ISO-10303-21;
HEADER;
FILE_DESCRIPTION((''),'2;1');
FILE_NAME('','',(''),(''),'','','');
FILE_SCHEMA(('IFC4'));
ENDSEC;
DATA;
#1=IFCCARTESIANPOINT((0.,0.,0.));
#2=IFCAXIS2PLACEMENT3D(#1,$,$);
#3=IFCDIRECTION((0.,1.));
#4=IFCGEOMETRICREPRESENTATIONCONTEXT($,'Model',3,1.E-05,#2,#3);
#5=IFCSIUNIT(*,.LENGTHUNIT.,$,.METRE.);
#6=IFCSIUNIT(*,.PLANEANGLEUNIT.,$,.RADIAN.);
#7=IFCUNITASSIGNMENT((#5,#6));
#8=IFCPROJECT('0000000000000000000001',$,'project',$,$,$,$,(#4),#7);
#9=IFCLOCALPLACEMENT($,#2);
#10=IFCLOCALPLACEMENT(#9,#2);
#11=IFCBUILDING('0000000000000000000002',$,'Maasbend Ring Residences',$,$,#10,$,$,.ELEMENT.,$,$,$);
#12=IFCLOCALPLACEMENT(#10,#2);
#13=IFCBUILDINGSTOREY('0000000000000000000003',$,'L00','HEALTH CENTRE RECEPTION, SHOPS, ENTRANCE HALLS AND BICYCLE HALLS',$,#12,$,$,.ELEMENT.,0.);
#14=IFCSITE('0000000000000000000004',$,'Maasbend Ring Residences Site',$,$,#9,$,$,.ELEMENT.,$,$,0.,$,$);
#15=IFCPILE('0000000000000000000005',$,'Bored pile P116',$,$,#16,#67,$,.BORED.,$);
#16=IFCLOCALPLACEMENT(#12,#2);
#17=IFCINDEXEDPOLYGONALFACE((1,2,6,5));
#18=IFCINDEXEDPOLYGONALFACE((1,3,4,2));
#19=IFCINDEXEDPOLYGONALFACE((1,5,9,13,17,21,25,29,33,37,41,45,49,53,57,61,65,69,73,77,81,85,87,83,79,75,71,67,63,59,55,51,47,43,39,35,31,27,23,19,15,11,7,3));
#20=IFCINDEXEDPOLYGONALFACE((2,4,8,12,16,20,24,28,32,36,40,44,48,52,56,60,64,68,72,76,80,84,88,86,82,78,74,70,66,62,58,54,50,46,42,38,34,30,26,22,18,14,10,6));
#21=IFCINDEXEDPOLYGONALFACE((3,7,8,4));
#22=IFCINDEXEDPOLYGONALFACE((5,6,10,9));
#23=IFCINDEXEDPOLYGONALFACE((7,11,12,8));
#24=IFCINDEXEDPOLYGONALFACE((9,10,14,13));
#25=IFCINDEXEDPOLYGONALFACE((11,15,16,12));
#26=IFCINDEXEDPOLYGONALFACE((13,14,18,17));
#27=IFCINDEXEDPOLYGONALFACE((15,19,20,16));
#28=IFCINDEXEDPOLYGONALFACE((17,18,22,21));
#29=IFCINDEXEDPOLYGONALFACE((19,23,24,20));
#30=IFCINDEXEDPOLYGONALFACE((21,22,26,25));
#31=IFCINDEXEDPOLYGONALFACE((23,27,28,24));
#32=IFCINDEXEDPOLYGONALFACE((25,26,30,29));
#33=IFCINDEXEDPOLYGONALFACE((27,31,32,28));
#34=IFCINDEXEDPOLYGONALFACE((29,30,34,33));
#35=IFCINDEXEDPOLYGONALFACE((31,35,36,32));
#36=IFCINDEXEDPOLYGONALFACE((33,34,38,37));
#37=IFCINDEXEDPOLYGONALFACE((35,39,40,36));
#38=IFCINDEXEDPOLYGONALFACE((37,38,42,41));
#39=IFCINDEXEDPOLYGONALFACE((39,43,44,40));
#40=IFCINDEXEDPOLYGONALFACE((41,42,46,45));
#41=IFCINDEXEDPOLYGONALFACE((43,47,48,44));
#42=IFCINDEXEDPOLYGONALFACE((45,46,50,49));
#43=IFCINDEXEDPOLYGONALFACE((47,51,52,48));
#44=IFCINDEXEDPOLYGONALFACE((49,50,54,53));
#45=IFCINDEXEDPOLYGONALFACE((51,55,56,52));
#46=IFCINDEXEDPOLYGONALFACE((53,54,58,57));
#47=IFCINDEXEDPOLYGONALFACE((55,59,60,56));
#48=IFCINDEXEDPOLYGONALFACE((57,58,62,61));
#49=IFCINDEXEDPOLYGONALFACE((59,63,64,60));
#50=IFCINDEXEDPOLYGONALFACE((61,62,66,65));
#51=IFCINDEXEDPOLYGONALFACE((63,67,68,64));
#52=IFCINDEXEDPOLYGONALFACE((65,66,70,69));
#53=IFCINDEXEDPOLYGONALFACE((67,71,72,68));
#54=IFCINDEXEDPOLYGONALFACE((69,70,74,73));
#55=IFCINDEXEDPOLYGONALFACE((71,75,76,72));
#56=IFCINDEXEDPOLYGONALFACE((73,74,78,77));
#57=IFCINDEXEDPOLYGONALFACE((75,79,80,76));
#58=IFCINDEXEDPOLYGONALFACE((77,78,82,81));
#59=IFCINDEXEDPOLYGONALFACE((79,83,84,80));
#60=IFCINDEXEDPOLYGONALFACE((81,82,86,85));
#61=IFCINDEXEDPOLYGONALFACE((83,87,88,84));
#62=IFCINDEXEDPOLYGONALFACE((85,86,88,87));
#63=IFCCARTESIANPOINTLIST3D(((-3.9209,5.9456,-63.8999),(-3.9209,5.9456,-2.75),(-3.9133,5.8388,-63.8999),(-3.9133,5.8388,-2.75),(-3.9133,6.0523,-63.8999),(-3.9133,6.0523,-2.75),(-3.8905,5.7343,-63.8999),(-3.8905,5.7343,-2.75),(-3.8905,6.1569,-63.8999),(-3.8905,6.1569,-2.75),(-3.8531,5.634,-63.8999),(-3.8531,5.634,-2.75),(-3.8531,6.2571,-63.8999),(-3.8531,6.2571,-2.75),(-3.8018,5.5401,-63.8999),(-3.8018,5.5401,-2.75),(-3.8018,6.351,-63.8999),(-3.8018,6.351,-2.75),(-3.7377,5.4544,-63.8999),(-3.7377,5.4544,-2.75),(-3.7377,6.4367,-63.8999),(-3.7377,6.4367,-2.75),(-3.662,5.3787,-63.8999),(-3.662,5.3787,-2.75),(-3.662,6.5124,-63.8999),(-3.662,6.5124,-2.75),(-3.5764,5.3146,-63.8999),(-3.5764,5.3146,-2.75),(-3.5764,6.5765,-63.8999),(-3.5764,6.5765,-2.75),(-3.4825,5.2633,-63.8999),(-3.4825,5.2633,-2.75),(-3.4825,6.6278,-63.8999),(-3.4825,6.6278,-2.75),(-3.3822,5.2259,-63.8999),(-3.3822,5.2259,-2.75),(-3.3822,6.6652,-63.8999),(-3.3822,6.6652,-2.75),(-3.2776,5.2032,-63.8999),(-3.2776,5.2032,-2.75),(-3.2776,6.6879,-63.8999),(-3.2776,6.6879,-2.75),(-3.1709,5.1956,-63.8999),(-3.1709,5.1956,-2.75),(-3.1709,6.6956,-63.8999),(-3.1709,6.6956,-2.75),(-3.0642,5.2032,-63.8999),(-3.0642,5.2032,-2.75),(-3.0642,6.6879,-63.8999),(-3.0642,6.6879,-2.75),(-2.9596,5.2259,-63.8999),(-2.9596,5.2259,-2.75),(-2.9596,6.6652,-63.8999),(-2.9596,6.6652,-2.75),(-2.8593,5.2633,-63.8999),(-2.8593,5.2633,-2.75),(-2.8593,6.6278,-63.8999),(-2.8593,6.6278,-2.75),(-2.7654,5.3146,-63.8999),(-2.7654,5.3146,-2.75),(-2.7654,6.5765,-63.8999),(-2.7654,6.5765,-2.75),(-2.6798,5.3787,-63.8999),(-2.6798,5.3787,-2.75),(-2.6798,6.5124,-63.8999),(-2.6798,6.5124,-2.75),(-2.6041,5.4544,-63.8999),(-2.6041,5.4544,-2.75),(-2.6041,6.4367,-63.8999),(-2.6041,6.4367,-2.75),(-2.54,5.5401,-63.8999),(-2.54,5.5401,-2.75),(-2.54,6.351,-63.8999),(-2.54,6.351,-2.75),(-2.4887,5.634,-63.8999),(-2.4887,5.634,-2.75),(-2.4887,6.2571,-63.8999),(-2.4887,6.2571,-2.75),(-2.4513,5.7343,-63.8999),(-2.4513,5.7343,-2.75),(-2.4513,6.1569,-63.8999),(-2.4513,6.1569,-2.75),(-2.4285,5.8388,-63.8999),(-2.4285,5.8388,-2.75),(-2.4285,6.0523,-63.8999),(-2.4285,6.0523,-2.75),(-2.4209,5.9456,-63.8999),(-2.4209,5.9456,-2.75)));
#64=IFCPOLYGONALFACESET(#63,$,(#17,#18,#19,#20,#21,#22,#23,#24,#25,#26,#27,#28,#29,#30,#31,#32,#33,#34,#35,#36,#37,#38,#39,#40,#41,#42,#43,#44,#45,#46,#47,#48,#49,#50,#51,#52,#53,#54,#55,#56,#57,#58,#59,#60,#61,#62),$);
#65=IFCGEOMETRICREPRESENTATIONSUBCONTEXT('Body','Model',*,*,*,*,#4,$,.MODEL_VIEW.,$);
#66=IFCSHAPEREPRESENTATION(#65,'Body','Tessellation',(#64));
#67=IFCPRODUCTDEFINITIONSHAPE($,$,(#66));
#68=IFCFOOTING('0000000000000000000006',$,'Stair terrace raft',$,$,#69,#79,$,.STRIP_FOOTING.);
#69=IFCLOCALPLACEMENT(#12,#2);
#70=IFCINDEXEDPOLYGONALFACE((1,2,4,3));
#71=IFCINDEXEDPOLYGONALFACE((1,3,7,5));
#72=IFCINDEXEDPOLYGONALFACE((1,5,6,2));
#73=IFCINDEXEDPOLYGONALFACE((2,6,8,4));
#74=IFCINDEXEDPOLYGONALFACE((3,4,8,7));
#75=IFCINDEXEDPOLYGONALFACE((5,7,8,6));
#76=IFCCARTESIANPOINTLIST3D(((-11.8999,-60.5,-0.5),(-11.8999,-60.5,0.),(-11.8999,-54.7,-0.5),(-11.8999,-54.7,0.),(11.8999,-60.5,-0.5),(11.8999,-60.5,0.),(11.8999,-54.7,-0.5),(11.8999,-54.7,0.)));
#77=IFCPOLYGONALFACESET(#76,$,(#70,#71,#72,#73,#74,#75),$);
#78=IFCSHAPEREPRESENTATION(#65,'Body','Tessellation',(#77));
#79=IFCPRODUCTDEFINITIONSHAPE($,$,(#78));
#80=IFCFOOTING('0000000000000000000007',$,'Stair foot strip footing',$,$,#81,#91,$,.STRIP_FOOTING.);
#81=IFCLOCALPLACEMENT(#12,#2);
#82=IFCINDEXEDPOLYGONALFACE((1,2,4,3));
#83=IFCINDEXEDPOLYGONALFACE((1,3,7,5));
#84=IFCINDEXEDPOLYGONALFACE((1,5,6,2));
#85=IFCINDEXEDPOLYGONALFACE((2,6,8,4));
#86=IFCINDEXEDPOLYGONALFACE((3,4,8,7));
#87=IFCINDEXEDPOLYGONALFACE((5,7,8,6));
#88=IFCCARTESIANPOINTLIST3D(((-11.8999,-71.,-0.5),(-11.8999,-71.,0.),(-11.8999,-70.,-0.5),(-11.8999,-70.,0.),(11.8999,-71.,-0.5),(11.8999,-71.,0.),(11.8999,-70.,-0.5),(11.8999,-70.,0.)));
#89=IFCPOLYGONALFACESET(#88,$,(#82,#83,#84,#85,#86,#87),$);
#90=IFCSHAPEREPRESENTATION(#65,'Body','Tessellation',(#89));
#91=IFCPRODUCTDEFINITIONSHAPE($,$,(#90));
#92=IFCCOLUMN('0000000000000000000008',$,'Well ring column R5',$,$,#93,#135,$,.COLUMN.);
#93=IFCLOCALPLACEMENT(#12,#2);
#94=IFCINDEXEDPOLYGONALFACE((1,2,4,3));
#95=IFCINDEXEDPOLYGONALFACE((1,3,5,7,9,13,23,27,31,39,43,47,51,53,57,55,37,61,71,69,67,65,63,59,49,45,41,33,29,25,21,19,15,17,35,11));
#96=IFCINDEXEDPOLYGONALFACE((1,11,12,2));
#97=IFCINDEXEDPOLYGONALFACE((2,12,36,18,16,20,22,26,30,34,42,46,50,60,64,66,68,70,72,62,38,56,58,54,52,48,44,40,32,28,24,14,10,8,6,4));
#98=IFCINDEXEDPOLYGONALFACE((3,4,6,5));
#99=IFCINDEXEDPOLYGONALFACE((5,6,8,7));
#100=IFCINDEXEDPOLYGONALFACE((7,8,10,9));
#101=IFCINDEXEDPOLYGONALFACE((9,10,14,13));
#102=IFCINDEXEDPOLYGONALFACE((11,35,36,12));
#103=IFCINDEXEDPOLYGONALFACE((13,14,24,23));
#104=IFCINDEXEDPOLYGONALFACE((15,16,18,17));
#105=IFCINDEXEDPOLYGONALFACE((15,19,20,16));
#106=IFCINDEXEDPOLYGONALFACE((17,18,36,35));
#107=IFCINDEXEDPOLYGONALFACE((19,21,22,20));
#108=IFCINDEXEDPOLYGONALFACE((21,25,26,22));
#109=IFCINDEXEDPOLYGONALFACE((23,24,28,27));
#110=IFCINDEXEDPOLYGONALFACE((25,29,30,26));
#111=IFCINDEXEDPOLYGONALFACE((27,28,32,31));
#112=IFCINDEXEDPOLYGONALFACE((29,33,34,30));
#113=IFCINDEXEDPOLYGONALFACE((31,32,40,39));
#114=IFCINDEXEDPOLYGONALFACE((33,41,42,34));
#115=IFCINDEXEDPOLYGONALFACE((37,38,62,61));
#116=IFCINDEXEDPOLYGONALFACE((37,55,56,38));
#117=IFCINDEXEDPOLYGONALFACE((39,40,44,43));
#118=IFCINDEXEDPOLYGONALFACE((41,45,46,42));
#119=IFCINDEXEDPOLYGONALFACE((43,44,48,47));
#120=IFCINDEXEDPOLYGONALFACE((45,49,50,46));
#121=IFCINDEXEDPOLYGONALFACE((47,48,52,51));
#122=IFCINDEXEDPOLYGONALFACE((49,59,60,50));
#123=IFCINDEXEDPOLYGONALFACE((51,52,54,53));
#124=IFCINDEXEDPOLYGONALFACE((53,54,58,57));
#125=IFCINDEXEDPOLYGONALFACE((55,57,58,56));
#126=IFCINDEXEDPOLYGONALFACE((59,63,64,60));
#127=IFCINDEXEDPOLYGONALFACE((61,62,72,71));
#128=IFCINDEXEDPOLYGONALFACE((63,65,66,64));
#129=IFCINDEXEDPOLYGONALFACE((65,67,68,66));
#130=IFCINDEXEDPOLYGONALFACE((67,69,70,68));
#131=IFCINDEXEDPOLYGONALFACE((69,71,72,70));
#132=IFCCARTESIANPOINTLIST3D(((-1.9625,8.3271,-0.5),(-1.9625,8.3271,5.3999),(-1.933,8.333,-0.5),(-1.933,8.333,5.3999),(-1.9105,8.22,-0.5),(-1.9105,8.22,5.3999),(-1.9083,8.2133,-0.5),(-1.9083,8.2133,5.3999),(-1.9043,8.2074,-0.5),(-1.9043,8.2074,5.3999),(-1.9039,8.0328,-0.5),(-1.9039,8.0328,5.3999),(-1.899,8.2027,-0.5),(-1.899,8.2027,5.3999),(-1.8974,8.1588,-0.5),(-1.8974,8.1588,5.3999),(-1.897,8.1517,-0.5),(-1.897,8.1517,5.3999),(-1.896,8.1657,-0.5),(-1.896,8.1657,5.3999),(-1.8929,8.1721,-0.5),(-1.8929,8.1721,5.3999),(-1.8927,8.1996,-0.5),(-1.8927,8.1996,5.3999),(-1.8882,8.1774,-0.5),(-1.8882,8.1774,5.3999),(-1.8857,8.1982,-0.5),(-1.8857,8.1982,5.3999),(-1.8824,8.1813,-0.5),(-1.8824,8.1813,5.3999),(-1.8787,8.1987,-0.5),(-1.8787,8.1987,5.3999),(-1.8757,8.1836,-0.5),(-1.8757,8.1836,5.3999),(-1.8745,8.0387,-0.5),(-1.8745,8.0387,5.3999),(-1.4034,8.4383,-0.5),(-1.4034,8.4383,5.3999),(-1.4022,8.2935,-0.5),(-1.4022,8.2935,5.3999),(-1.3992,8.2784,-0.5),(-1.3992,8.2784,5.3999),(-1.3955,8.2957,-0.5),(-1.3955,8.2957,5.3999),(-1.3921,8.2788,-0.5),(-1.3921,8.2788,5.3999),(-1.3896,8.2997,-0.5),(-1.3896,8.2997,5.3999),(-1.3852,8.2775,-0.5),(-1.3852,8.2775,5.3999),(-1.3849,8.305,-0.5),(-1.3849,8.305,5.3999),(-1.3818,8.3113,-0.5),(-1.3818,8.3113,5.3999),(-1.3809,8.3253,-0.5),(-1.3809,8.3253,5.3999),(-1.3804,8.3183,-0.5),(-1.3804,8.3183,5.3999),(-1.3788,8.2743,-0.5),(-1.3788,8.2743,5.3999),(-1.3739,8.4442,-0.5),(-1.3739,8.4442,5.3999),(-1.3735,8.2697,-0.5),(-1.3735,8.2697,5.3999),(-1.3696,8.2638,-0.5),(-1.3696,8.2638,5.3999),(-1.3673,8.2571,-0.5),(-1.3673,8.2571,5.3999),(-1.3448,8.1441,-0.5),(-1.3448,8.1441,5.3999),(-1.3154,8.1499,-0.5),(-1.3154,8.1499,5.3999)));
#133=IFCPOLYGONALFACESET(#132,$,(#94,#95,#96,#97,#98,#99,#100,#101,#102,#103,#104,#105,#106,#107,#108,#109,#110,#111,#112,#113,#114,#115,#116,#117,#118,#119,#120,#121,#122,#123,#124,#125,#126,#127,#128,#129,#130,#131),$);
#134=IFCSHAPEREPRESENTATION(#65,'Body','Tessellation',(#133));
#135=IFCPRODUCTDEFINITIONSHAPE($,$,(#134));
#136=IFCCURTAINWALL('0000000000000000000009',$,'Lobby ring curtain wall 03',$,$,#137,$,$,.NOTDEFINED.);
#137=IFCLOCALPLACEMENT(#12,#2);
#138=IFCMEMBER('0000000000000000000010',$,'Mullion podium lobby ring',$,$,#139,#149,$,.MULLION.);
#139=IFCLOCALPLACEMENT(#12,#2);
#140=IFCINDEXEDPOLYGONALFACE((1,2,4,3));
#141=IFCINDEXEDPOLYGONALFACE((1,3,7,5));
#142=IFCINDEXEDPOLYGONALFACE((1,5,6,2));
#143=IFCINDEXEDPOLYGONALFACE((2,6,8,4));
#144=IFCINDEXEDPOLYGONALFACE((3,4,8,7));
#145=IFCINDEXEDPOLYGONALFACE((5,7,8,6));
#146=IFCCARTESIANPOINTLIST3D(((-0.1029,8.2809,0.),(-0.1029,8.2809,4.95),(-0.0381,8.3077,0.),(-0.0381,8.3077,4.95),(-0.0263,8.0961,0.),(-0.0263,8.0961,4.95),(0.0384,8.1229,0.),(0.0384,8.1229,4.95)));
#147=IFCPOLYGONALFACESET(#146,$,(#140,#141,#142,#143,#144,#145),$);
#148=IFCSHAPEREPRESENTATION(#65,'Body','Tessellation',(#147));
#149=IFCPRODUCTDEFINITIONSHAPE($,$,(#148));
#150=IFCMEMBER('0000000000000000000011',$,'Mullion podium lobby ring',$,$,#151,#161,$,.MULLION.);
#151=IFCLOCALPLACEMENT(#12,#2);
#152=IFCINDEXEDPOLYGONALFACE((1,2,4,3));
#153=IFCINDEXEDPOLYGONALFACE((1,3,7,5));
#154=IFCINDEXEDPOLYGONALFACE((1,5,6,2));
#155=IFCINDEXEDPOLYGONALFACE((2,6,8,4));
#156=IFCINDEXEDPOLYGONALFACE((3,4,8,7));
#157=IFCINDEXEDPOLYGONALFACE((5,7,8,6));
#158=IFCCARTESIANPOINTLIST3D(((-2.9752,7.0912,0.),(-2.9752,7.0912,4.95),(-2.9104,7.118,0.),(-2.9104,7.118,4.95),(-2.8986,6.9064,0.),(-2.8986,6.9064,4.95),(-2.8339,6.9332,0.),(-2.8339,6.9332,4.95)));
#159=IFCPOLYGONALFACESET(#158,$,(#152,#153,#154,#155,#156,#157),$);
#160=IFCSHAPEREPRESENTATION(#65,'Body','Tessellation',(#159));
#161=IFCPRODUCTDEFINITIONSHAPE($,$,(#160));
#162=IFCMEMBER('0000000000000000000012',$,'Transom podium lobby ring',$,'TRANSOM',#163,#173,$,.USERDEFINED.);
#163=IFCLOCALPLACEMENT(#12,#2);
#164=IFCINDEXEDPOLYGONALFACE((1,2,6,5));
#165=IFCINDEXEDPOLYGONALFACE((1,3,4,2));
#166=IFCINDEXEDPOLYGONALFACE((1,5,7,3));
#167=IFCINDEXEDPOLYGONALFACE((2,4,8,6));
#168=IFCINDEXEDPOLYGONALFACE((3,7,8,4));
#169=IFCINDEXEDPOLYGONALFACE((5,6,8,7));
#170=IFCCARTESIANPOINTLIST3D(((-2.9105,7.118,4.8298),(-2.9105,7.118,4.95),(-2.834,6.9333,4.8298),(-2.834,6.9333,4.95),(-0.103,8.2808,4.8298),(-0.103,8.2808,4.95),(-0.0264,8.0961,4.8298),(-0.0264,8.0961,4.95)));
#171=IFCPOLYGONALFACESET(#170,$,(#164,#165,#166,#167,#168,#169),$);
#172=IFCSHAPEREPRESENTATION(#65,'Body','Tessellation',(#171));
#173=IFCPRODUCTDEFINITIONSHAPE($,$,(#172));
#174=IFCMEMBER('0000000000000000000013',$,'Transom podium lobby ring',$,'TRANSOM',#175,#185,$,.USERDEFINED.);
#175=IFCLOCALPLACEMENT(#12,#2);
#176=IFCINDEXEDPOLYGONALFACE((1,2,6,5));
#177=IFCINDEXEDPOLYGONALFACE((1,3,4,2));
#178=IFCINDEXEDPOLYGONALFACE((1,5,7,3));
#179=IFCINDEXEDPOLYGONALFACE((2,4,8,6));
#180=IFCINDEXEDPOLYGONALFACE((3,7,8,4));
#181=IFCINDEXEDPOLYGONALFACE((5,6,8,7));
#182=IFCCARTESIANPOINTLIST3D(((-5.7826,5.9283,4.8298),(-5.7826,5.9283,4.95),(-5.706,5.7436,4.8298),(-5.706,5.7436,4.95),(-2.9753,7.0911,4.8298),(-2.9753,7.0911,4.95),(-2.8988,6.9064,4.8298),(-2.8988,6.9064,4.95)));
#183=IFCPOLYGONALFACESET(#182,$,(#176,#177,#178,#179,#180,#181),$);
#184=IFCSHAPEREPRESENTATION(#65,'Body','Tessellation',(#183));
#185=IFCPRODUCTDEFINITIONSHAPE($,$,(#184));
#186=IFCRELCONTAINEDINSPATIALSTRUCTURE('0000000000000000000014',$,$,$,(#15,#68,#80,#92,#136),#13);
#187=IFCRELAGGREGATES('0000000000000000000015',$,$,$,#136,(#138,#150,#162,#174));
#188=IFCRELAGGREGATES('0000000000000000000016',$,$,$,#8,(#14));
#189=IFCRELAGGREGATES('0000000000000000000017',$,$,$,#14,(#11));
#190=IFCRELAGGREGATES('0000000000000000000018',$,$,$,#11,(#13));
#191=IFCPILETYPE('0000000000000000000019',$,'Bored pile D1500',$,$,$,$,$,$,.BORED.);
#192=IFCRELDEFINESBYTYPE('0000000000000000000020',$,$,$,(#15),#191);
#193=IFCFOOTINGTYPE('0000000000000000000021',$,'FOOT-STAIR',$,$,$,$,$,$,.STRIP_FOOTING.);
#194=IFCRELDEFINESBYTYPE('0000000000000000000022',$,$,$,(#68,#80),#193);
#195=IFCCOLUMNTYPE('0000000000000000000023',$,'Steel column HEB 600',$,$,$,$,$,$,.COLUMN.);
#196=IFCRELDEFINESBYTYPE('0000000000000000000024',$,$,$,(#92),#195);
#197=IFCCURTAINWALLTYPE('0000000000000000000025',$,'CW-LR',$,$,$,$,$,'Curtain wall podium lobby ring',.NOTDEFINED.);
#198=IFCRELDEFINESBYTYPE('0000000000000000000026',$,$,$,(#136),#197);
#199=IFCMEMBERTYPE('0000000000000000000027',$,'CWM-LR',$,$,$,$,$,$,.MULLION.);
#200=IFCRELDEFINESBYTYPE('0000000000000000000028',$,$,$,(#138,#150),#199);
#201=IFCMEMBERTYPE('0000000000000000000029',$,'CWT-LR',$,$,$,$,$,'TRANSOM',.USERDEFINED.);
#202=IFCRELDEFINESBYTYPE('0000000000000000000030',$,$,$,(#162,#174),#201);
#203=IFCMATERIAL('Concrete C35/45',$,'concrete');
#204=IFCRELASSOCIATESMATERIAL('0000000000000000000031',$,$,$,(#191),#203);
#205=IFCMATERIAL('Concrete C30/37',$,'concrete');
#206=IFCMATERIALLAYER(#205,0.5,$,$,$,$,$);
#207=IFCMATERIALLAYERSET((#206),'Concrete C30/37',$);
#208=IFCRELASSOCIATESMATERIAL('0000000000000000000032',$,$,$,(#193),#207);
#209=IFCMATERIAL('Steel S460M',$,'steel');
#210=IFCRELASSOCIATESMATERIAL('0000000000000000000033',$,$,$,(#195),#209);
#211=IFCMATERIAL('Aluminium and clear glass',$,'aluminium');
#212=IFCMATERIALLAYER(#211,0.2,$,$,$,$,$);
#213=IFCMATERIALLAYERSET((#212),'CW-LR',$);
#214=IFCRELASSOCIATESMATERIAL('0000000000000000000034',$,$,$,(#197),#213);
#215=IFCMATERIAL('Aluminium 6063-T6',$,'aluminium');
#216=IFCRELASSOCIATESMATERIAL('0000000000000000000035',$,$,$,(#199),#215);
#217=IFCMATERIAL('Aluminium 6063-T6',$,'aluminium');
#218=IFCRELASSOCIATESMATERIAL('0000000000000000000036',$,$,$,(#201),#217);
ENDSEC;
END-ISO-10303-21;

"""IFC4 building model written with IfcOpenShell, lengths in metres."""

from ifc_helpers import new_model, si_unit, direction, frame, origin, origin_2d, place, context, subcontext, project, spatial, polyline, rectangle, circle, i_section, outline, extrude, material, layer, layer_set, material_profile, profile_set, type_object, element, aggregate, save


model = new_model("IFC4")

# Units and contexts
model_context = context("Model", 3, precision=1e-05, world=origin(), true_north=direction((0.0, 1.0)))
body_context = subcontext(model_context, "Body", "Model", "MODEL_VIEW")
ifc_project = project(units=[si_unit("LENGTHUNIT", "METRE"), si_unit("PLANEANGLEUNIT", "RADIAN")], contexts=[model_context])

# Site, building, storey
site_placement = place(None, origin())
site = spatial("IfcSite", under=ifc_project, at=site_placement, Name="Maasbend Ring Residences Site", CompositionType="ELEMENT", RefElevation=0.0)
building_placement = place(site_placement, origin())
building = spatial("IfcBuilding", under=site, at=building_placement, Name="Maasbend Ring Residences", CompositionType="ELEMENT")
storey_placement = place(building_placement, origin())
storey = spatial("IfcBuildingStorey", under=building, at=storey_placement, Name="L00", Description="HEALTH CENTRE RECEPTION, SHOPS, ENTRANCE HALLS AND BICYCLE HALLS", CompositionType="ELEMENT", Elevation=0.0)

# Pile
ifc_material_1 = material(Name="Concrete C35/45", Category="concrete")
ifc_material_profile_1 = material_profile(ifc_material_1, circle(Radius=0.75, at=origin_2d()), Name="Bored pile D1500")
ifc_profile_set_1 = profile_set([ifc_material_profile_1], Name="Concrete C35/45")
pile_type = type_object("IfcPileType", Name="Bored pile D1500", PredefinedType="BORED", material=ifc_profile_set_1)
pile_placement = place(storey_placement, frame((-3.1709, 5.9456, -2.75), z_axis=(0.0, 0.0, -1.0), x_axis=(1.0, 0.0, 0.0)))
element("IfcPile", 1, at=pile_placement, inside=storey, type_object=pile_type, Name="Bored pile P116", PredefinedType="BORED", context=body_context, shape_type="SweptSolid", body=[
    extrude(circle(Radius=0.75, at=origin_2d()), origin(), (0.0, 0.0, 1.0), 61.1499),
])

# Footings
ifc_material_2 = material(Name="Concrete C30/37", Category="concrete")
ifc_layer_1 = layer(ifc_material_2, 0.5)
ifc_layer_set_1 = layer_set([ifc_layer_1], Name="Concrete C30/37")
footing_type = type_object("IfcFootingType", Name="FOOT-STAIR", PredefinedType="STRIP_FOOTING", material=ifc_layer_set_1)
footing_1_placement = place(storey_placement, frame((0.0, 0.0, -0.5)))
element("IfcFooting", 2, at=footing_1_placement, inside=storey, type_object=footing_type, Name="Stair terrace raft", PredefinedType="STRIP_FOOTING", context=body_context, shape_type="SweptSolid", body=[
    extrude(outline(polyline([(-11.8999, -60.5), (11.8999, -60.5), (11.8999, -54.7), (-11.8999, -54.7), (-11.8999, -60.5)])), origin(), (0.0, 0.0, 1.0), 0.5),
])
footing_2_placement = place(storey_placement, frame((0.0, 0.0, -0.5)))
element("IfcFooting", 3, at=footing_2_placement, inside=storey, type_object=footing_type, Name="Stair foot strip footing", PredefinedType="STRIP_FOOTING", context=body_context, shape_type="SweptSolid", body=[
    extrude(outline(polyline([(-11.8999, -71.0), (11.8999, -71.0), (11.8999, -70.0), (-11.8999, -70.0), (-11.8999, -71.0)])), origin(), (0.0, 0.0, 1.0), 0.5),
])

# Column
ifc_material_3 = material(Name="Steel S460M", Category="steel")
ifc_material_profile_2 = material_profile(ifc_material_3, i_section(OverallWidth=0.3, OverallDepth=0.6001, WebThickness=0.0154, FlangeThickness=0.03, FilletRadius=0.0271, at=origin_2d()), Name="HEB 600")
ifc_profile_set_2 = profile_set([ifc_material_profile_2], Name="Steel S460M")
column_type = type_object("IfcColumnType", Name="Steel column HEB 600", PredefinedType="COLUMN", material=ifc_profile_set_2)
column_placement = place(storey_placement, frame((-1.6389, 8.2385, -0.5), z_axis=(0.0, 0.0, 1.0), x_axis=(-0.19509, 0.980785, 0.0)))
element("IfcColumn", 4, at=column_placement, inside=storey, type_object=column_type, Name="Well ring column R5", PredefinedType="COLUMN", context=body_context, shape_type="SweptSolid", body=[
    extrude(i_section(OverallWidth=0.3, OverallDepth=0.6001, WebThickness=0.0154, FlangeThickness=0.03, FilletRadius=0.0271, at=origin_2d()), origin(), (0.0, 0.0, 1.0), 5.8999),
])

# Curtain wall, members
ifc_material_4 = material(Name="Aluminium and clear glass", Category="aluminium")
ifc_layer_2 = layer(ifc_material_4, 0.2)
ifc_layer_set_2 = layer_set([ifc_layer_2], Name="CW-LR")
curtain_wall_type = type_object("IfcCurtainWallType", Name="CW-LR", ElementType="Curtain wall podium lobby ring", PredefinedType="NOTDEFINED", material=ifc_layer_set_2)
curtain_wall_placement = place(storey_placement, origin())
curtain_wall = element("IfcCurtainWall", 5, at=curtain_wall_placement, inside=storey, type_object=curtain_wall_type, Name="Lobby ring curtain wall 03", PredefinedType="NOTDEFINED")
ifc_material_5 = material(Name="Aluminium 6063-T6", Category="aluminium")
ifc_material_profile_3 = material_profile(ifc_material_5, rectangle(XDim=0.2, YDim=0.0701, at=origin_2d()), Name="AL 200x70")
ifc_profile_set_3 = profile_set([ifc_material_profile_3], Name="Aluminium 6063-T6")
member_type_1 = type_object("IfcMemberType", Name="CWM-LR", PredefinedType="MULLION", material=ifc_profile_set_3)
member_1_placement = place(storey_placement, frame((-0.0322, 8.2019, 0.0), z_axis=(0.0, 0.0, 1.0), x_axis=(0.382683, -0.92388, 0.0)))
member_1 = element("IfcMember", 6, at=member_1_placement, type_object=member_type_1, Name="Mullion podium lobby ring", PredefinedType="MULLION", context=body_context, shape_type="SweptSolid", body=[
    extrude(rectangle(XDim=0.2, YDim=0.0701, at=origin_2d()), origin(), (0.0, 0.0, 1.0), 4.95),
])
member_2_placement = place(storey_placement, frame((-2.9045, 7.0122, 0.0), z_axis=(0.0, 0.0, 1.0), x_axis=(0.382683, -0.92388, 0.0)))
member_2 = element("IfcMember", 7, at=member_2_placement, type_object=member_type_1, Name="Mullion podium lobby ring", PredefinedType="MULLION", context=body_context, shape_type="SweptSolid", body=[
    extrude(rectangle(XDim=0.2, YDim=0.0701, at=origin_2d()), origin(), (0.0, 0.0, 1.0), 4.95),
])
ifc_material_6 = material(Name="Aluminium 6063-T6", Category="aluminium")
ifc_material_profile_4 = material_profile(ifc_material_6, rectangle(XDim=0.2, YDim=0.1201, at=origin_2d()), Name="AL 200x120")
ifc_profile_set_4 = profile_set([ifc_material_profile_4], Name="Aluminium 6063-T6")
member_type_2 = type_object("IfcMemberType", Name="CWT-LR", ElementType="TRANSOM", PredefinedType="USERDEFINED", material=ifc_profile_set_4)
member_3_placement = place(storey_placement, frame((-0.0647, 8.1885, 4.8899), z_axis=(-0.923892, -0.382652, 0.0), x_axis=(0.382652, -0.923892, 0.0)))
member_3 = element("IfcMember", 8, at=member_3_placement, type_object=member_type_2, Name="Transom podium lobby ring", ObjectType="TRANSOM", PredefinedType="USERDEFINED", context=body_context, shape_type="SweptSolid", body=[
    extrude(rectangle(XDim=0.2, YDim=0.1201, at=origin_2d()), origin(), (0.0, 0.0, 1.0), 3.0388),
])
member_4_placement = place(storey_placement, frame((-2.937, 6.9988, 4.8899), z_axis=(-0.923881, -0.382681, 0.0), x_axis=(0.382681, -0.923881, 0.0)))
member_4 = element("IfcMember", 9, at=member_4_placement, type_object=member_type_2, Name="Transom podium lobby ring", ObjectType="TRANSOM", PredefinedType="USERDEFINED", context=body_context, shape_type="SweptSolid", body=[
    extrude(rectangle(XDim=0.2, YDim=0.1201, at=origin_2d()), origin(), (0.0, 0.0, 1.0), 3.0386),
])

aggregate(curtain_wall, [member_1, member_2, member_3, member_4])

save(model, "model.ifc")
